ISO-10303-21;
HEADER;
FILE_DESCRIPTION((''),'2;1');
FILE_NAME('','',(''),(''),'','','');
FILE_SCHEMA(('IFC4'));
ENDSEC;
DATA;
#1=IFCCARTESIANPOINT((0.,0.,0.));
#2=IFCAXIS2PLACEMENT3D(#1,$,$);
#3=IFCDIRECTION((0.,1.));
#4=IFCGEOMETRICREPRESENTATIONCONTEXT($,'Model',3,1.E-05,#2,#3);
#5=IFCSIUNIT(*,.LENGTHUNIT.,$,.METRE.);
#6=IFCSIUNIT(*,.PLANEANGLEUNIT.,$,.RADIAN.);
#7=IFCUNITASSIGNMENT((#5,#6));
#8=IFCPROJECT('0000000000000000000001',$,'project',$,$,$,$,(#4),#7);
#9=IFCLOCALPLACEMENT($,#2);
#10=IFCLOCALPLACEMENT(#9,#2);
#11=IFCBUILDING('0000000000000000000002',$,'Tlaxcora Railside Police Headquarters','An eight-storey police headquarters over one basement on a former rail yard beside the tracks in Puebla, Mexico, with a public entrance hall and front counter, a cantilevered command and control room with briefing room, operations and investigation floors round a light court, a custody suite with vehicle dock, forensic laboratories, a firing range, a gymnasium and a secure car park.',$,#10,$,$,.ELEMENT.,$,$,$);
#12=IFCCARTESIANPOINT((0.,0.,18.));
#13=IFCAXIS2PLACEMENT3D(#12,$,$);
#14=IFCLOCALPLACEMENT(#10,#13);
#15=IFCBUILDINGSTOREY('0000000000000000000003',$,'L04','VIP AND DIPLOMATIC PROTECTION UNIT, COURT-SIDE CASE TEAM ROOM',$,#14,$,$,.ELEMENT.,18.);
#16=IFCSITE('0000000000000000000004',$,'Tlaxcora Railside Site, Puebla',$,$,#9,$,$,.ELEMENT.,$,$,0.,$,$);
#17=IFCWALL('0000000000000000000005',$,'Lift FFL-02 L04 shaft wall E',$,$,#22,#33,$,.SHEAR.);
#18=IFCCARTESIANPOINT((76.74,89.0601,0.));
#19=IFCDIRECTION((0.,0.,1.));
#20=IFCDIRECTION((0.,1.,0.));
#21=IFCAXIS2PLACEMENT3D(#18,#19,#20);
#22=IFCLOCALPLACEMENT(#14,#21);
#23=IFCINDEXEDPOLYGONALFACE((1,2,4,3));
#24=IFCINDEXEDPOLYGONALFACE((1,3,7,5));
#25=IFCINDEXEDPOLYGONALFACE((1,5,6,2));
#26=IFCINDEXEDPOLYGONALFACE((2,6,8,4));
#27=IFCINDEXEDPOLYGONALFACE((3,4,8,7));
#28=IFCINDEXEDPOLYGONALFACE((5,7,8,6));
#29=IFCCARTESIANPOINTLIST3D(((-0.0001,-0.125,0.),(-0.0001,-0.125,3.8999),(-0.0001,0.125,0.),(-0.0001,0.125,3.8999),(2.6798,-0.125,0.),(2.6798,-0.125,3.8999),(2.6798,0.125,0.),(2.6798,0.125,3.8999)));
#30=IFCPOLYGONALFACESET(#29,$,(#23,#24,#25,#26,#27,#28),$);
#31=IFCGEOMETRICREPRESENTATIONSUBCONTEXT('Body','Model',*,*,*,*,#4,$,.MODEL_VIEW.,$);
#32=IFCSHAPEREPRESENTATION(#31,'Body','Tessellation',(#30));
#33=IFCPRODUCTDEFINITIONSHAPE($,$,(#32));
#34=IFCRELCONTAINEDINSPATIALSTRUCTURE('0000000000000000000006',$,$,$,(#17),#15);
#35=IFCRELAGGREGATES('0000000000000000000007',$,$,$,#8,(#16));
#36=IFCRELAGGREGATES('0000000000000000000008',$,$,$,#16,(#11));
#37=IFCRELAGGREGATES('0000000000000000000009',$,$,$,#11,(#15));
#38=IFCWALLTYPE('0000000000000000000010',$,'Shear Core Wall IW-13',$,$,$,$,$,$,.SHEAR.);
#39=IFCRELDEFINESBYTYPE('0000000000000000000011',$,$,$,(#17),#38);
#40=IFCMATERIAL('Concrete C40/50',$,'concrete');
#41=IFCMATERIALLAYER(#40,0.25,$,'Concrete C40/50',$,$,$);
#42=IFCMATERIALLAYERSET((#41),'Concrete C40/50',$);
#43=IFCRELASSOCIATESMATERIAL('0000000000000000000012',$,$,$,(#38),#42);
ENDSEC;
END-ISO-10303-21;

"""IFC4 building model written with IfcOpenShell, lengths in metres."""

from ifc_helpers import new_model, si_unit, direction, frame, frame_2d, origin, place, context, subcontext, project, spatial, rectangle, extrude, material, layer, layer_set, type_object, element, save


model = new_model("IFC4")

# Units and contexts
model_context = context("Model", 3, precision=1e-05, world=origin(), true_north=direction((0.0, 1.0)))
body_context = subcontext(model_context, "Body", "Model", "MODEL_VIEW")
ifc_project = project(units=[si_unit("LENGTHUNIT", "METRE"), si_unit("PLANEANGLEUNIT", "RADIAN")], contexts=[model_context])

# Site, building, storey
site_placement = place(None, origin())
site = spatial("IfcSite", under=ifc_project, at=site_placement, Name="Tlaxcora Railside Site, Puebla", CompositionType="ELEMENT", RefElevation=0.0)
building_placement = place(site_placement, origin())
building = spatial("IfcBuilding", under=site, at=building_placement, Name="Tlaxcora Railside Police Headquarters", Description="An eight-storey police headquarters over one basement on a former rail yard beside the tracks in Puebla, Mexico, with a public entrance hall and front counter, a cantilevered command and control room with briefing room, operations and investigation floors round a light court, a custody suite with vehicle dock, forensic laboratories, a firing range, a gymnasium and a secure car park.", CompositionType="ELEMENT")
storey_placement = place(building_placement, frame((0.0, 0.0, 18.0)))
storey = spatial("IfcBuildingStorey", under=building, at=storey_placement, Name="L04", Description="VIP AND DIPLOMATIC PROTECTION UNIT, COURT-SIDE CASE TEAM ROOM", CompositionType="ELEMENT", Elevation=18.0)

# Shared definitions
ifc_material_1 = material(Name="Concrete C40/50", Category="concrete")

# Wall
ifc_layer_1 = layer(ifc_material_1, 0.25, Name="Concrete C40/50")
ifc_layer_set_1 = layer_set([ifc_layer_1], Name="Concrete C40/50")
wall_type_1 = type_object("IfcWallType", Name="Shear Core Wall IW-13", PredefinedType="SHEAR", material=ifc_layer_set_1)
wall_1_placement = place(storey_placement, frame((76.74, 89.0601, 0.0), z_axis=(0.0, 0.0, 1.0), x_axis=(0.0, 1.0, 0.0)))
element("IfcWall", 1, at=wall_1_placement, inside=storey, type_object=wall_type_1, Name="Lift FFL-02 L04 shaft wall E", PredefinedType="SHEAR", context=body_context, shape_type="SweptSolid", body=[
    extrude(rectangle(XDim=2.6799, YDim=0.25, at=frame_2d((1.3398, 0.0))), origin(), (0.0, 0.0, 1.0), 3.8999),
])

save(model, "model.ifc")
